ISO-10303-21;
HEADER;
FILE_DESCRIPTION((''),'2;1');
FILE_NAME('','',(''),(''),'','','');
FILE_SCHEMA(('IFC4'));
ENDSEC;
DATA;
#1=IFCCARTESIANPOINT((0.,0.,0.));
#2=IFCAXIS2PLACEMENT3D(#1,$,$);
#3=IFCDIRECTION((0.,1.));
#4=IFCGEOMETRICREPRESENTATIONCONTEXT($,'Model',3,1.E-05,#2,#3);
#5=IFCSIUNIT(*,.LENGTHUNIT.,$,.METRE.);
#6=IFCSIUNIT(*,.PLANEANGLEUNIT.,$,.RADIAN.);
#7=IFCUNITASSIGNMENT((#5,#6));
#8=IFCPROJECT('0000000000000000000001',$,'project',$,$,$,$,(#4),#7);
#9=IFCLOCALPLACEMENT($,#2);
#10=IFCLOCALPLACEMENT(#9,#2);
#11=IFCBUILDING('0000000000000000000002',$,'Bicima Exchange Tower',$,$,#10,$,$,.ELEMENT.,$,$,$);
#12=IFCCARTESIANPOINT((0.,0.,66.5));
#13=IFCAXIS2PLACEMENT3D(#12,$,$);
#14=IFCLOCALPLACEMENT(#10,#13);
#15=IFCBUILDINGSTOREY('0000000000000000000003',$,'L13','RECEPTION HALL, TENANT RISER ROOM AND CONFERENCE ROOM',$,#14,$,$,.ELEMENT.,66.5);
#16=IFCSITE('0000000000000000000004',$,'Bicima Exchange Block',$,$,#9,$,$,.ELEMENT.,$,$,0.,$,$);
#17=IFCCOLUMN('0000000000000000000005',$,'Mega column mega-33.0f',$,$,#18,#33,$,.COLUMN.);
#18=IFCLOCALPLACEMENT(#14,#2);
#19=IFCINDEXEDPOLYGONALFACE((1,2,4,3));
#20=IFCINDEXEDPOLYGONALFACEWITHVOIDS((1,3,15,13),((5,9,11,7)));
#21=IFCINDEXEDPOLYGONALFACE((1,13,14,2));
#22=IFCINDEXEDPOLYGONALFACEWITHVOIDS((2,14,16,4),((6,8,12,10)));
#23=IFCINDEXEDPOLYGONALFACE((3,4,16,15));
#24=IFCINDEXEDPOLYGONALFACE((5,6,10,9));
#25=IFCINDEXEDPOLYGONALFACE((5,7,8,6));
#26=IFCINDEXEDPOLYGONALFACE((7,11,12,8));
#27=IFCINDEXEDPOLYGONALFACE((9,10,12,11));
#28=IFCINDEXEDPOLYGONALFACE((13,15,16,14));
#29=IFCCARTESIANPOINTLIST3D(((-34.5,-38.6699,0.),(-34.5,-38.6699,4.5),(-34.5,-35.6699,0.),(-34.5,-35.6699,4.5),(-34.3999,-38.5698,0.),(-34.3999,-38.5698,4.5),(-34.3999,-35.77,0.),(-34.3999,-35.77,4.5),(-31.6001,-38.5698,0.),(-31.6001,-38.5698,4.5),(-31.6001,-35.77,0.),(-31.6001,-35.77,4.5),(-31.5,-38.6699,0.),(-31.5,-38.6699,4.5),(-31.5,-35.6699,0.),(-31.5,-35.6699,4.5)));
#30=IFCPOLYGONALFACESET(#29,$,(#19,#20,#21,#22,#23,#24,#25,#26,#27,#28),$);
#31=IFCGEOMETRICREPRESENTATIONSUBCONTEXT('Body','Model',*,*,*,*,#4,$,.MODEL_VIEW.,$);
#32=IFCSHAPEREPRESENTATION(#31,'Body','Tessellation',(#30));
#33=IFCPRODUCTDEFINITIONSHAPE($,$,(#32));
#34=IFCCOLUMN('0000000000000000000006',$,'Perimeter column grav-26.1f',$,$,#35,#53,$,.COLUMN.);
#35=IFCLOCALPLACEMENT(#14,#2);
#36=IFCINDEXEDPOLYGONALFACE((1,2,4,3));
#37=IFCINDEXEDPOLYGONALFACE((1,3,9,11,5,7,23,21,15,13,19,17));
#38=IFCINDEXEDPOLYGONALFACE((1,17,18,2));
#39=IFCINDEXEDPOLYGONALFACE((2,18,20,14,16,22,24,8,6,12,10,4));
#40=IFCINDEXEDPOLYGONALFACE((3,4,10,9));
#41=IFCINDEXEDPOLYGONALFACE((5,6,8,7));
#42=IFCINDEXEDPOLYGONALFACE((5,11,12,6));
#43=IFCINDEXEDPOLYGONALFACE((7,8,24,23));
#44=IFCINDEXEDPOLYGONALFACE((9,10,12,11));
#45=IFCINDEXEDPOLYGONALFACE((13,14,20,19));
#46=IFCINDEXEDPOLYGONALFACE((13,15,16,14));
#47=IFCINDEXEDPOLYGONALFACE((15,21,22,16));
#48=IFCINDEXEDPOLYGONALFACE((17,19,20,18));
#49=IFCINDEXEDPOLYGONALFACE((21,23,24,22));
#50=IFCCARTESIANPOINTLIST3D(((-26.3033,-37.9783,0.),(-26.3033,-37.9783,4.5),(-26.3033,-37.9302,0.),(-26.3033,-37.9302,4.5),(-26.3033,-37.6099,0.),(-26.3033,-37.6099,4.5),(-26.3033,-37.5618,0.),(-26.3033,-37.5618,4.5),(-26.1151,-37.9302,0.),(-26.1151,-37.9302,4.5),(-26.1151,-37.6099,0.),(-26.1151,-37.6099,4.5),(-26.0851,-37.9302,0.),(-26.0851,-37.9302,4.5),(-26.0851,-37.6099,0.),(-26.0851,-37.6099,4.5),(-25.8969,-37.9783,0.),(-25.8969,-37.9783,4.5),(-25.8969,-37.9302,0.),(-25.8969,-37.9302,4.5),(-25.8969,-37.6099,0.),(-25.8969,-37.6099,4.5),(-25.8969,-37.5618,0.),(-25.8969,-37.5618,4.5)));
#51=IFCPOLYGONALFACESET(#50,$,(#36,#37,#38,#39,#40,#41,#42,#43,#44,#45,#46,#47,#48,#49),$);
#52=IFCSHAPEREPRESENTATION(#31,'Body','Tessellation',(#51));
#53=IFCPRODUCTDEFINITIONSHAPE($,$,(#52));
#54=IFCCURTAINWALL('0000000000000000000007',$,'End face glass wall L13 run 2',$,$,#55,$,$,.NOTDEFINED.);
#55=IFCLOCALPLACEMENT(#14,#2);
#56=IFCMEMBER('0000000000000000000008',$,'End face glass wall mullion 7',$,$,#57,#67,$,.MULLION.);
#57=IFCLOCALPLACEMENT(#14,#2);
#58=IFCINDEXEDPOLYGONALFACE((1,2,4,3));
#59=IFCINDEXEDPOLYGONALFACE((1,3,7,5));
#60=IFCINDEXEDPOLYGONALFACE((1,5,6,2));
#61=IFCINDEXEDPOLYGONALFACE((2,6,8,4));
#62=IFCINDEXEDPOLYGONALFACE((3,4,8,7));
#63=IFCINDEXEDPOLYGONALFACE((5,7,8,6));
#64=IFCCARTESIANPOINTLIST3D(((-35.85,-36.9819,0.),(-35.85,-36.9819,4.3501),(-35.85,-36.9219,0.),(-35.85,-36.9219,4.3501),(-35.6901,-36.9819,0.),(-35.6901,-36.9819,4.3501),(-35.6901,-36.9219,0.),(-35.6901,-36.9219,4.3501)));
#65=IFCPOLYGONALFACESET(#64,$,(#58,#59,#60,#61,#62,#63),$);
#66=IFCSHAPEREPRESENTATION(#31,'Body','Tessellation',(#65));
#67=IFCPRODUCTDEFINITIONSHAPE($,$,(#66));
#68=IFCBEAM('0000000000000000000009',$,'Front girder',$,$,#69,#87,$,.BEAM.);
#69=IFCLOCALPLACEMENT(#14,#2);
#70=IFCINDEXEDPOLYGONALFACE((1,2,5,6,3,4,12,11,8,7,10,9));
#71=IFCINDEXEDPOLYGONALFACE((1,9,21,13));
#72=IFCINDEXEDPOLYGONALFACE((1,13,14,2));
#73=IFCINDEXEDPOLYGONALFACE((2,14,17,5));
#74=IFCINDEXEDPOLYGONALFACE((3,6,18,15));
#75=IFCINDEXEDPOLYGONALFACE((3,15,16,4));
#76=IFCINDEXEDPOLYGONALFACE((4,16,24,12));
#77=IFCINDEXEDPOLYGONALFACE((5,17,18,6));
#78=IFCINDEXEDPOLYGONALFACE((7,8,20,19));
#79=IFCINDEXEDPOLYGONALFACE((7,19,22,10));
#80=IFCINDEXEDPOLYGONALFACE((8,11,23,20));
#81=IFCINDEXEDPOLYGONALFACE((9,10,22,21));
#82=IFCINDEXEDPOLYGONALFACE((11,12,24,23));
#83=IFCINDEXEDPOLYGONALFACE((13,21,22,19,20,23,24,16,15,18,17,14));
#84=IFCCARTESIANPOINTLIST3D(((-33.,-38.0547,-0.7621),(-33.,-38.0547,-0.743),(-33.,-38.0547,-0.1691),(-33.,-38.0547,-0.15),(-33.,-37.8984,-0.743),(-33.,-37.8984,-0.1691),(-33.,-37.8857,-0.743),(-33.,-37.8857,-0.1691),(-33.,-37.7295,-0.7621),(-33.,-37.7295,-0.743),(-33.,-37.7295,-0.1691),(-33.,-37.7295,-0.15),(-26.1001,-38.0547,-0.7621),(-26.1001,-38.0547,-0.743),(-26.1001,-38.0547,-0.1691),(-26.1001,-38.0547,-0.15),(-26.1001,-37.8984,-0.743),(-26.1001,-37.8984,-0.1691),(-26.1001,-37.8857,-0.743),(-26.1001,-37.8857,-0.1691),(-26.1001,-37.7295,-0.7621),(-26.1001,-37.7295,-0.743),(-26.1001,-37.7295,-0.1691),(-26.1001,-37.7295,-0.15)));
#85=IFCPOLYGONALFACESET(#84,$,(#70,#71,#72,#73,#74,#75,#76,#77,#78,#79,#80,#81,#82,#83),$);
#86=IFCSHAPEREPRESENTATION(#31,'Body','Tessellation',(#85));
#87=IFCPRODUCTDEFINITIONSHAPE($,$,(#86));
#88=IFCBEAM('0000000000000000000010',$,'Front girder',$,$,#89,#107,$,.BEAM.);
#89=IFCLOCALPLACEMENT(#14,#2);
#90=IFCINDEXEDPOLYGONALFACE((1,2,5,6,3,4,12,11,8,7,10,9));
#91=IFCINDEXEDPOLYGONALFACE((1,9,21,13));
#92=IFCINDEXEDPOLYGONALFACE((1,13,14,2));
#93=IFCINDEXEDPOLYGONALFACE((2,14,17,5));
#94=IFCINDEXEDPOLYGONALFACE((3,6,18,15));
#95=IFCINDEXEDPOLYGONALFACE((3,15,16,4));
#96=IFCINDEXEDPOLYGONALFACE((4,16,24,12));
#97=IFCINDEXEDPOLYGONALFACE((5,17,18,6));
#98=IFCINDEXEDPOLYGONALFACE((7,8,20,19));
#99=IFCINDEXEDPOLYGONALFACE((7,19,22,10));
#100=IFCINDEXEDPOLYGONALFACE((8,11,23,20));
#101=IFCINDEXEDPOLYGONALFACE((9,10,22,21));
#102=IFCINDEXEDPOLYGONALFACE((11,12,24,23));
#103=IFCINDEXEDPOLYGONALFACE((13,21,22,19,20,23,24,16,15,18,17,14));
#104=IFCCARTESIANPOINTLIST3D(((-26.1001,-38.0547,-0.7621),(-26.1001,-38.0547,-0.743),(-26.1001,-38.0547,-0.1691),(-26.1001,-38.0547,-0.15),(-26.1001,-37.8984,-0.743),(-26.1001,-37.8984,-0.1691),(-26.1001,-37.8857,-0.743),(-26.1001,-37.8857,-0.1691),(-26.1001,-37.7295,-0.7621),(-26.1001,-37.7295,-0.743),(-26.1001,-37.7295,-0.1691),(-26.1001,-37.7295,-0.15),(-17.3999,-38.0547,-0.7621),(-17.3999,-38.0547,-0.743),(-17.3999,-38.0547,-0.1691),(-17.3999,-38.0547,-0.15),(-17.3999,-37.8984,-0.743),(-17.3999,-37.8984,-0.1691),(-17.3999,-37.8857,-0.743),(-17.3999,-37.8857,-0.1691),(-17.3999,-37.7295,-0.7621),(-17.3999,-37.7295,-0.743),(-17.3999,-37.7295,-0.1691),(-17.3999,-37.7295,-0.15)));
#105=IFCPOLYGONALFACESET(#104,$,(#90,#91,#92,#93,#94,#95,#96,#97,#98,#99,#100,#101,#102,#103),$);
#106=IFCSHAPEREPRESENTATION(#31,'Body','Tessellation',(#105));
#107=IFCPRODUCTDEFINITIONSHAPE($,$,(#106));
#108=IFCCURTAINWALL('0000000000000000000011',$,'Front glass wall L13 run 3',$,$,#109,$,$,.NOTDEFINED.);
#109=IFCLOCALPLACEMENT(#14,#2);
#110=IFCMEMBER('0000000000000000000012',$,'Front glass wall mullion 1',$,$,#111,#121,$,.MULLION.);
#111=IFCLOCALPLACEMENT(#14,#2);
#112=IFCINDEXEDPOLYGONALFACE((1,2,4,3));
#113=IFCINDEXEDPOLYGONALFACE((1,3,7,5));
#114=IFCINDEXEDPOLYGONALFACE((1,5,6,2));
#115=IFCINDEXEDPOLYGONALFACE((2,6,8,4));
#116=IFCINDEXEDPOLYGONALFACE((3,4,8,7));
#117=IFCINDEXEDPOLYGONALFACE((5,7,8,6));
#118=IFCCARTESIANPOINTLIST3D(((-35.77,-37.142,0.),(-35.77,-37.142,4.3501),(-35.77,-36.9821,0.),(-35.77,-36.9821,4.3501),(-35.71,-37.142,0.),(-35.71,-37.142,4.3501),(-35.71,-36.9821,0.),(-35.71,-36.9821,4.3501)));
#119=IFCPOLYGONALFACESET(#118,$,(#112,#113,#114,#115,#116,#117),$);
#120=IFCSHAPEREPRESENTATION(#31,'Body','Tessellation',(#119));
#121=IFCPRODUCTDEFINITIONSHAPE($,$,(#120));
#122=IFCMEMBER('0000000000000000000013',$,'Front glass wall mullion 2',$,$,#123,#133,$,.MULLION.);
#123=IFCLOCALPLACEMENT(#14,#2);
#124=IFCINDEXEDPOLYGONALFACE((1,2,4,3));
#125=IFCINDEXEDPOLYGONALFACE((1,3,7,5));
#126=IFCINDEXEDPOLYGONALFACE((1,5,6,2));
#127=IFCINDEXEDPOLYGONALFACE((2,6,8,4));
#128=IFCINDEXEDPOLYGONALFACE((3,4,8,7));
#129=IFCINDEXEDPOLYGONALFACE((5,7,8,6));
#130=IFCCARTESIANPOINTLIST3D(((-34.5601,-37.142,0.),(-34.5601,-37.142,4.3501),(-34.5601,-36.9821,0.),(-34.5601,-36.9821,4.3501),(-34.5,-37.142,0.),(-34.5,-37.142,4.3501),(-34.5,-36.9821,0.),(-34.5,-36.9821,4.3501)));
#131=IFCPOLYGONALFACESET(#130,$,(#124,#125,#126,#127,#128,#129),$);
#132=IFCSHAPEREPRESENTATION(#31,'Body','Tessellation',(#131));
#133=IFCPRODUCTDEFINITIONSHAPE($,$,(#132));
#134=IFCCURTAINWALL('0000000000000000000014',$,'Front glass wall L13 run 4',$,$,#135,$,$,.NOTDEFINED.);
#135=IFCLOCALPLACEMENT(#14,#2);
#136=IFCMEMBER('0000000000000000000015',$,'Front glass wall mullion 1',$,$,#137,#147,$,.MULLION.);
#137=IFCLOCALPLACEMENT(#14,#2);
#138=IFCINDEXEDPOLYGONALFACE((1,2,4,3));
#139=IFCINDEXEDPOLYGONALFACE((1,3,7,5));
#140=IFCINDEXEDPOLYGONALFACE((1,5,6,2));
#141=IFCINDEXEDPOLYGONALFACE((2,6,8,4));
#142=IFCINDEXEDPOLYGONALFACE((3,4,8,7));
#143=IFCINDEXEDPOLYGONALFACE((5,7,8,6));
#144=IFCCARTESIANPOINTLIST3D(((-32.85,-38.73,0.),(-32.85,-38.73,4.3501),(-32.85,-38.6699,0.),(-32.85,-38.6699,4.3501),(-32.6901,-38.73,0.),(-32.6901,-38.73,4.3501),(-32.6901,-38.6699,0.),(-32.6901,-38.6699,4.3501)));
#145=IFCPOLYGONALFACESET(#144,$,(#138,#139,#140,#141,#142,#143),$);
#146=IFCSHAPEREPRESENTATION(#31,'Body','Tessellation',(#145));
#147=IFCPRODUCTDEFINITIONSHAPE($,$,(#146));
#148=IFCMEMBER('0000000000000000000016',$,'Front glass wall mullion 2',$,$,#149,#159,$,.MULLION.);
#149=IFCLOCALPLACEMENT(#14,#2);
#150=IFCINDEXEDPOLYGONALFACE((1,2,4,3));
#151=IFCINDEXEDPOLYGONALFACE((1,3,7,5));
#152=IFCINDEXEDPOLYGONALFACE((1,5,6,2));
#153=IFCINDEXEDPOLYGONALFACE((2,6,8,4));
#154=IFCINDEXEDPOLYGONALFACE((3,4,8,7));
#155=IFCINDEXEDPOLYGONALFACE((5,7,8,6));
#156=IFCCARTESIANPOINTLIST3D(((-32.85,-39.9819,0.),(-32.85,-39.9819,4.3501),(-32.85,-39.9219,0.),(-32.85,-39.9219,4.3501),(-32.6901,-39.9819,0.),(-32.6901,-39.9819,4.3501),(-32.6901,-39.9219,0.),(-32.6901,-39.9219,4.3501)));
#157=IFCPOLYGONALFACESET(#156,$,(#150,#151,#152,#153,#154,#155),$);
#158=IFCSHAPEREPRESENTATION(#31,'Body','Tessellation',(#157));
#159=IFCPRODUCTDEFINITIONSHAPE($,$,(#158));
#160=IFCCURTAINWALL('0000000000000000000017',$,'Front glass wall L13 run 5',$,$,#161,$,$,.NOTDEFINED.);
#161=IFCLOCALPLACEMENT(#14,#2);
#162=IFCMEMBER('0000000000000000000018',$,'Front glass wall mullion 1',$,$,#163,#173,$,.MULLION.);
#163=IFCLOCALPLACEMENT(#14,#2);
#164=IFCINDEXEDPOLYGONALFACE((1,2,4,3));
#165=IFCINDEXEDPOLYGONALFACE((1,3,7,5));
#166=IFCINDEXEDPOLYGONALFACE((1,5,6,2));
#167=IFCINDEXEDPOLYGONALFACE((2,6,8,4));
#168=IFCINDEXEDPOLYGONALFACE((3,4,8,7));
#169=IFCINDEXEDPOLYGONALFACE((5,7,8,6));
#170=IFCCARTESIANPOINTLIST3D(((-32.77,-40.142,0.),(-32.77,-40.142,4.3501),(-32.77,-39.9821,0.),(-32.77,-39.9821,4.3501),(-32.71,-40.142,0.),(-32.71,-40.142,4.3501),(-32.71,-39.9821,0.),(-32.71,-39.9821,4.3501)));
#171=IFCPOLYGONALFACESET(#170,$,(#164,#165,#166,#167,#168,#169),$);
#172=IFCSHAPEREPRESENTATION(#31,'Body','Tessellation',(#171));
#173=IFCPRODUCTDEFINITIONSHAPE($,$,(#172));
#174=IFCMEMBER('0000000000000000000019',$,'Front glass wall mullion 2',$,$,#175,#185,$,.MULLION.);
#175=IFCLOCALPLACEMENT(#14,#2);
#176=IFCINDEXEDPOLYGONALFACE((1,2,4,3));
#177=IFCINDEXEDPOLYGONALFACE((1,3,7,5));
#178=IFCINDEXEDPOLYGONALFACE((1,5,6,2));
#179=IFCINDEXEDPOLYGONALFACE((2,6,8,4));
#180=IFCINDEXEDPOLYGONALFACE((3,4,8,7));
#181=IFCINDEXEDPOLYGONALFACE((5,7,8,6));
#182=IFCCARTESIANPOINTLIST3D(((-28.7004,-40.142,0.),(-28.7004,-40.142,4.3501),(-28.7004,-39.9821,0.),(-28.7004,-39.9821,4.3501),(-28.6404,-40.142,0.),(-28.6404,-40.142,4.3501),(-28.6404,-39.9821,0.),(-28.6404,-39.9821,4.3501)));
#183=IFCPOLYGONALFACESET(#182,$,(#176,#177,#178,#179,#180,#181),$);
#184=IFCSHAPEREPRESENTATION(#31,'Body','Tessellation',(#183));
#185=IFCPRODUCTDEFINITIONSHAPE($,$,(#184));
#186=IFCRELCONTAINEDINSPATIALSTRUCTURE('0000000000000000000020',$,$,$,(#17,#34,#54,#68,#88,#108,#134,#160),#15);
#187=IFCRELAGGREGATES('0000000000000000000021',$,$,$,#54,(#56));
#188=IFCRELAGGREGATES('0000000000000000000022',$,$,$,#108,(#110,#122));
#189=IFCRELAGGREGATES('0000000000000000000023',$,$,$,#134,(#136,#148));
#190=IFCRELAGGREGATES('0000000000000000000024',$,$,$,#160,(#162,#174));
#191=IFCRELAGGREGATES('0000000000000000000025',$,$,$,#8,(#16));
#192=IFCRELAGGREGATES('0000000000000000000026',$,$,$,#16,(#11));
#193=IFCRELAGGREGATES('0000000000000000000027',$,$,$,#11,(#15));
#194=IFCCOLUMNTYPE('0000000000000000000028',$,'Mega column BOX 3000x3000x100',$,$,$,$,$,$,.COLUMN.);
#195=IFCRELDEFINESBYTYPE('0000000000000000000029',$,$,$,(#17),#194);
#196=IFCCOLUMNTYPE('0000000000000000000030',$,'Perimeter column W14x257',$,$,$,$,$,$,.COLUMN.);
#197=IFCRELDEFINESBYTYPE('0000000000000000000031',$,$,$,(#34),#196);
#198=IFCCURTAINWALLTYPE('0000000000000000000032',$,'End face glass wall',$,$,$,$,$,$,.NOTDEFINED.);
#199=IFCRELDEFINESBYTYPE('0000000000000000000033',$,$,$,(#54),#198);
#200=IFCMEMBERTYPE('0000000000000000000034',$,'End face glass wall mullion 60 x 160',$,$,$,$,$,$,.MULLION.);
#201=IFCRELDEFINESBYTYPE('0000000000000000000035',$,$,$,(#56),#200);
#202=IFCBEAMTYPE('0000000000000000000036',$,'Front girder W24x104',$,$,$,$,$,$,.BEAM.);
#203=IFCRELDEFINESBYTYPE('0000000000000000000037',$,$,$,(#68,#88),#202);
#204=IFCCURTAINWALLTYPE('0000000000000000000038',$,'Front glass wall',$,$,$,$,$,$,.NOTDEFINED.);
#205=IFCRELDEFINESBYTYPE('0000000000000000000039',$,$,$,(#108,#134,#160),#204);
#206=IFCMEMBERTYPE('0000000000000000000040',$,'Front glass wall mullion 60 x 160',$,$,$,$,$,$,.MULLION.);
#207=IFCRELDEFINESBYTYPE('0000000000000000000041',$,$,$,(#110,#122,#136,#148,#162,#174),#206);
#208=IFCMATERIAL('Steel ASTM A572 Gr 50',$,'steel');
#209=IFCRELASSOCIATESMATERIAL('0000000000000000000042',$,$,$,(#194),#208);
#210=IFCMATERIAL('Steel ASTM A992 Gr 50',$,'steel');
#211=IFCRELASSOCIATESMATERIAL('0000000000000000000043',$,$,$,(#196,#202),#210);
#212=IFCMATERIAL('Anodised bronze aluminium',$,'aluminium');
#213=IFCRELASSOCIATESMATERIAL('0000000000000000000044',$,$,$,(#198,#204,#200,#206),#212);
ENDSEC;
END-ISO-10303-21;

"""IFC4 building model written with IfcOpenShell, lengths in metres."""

from ifc_helpers import new_model, si_unit, direction, frame, origin, origin_2d, place, context, subcontext, project, spatial, rectangle, hollow_rectangle, i_section, extrude, material, material_profile, profile_set, type_object, element, aggregate, save


model = new_model("IFC4")

# Units and contexts
model_context = context("Model", 3, precision=1e-05, world=origin(), true_north=direction((0.0, 1.0)))
body_context = subcontext(model_context, "Body", "Model", "MODEL_VIEW")
ifc_project = project(units=[si_unit("LENGTHUNIT", "METRE"), si_unit("PLANEANGLEUNIT", "RADIAN")], contexts=[model_context])

# Site, building, storey
site_placement = place(None, origin())
site = spatial("IfcSite", under=ifc_project, at=site_placement, Name="Bicima Exchange Block", CompositionType="ELEMENT", RefElevation=0.0)
building_placement = place(site_placement, origin())
building = spatial("IfcBuilding", under=site, at=building_placement, Name="Bicima Exchange Tower", CompositionType="ELEMENT")
storey_placement = place(building_placement, frame((0.0, 0.0, 66.5)))
storey = spatial("IfcBuildingStorey", under=building, at=storey_placement, Name="L13", Description="RECEPTION HALL, TENANT RISER ROOM AND CONFERENCE ROOM", CompositionType="ELEMENT", Elevation=66.5)

# Columns
ifc_material_1 = material(Name="Steel ASTM A572 Gr 50", Category="steel")
ifc_material_profile_1 = material_profile(ifc_material_1, hollow_rectangle(XDim=3.0, YDim=3.0, WallThickness=0.1001, at=origin_2d()))
ifc_profile_set_1 = profile_set([ifc_material_profile_1], Name="Steel ASTM A572 Gr 50")
column_type_1 = type_object("IfcColumnType", Name="Mega column BOX 3000x3000x100", PredefinedType="COLUMN", material=ifc_profile_set_1)
column_1_placement = place(storey_placement, frame((-33.0, -37.1699, 0.0), z_axis=(0.0, 0.0, 1.0), x_axis=(1.0, 0.0, 0.0)))
element("IfcColumn", 1, at=column_1_placement, inside=storey, type_object=column_type_1, Name="Mega column mega-33.0f", PredefinedType="COLUMN", context=body_context, shape_type="SweptSolid", body=[
    extrude(hollow_rectangle(XDim=3.0, YDim=3.0, WallThickness=0.1001, at=origin_2d()), origin(), (0.0, 0.0, 1.0), 4.5),
])
ifc_material_2 = material(Name="Steel ASTM A992 Gr 50", Category="steel")
ifc_material_profile_2 = material_profile(ifc_material_2, i_section(OverallWidth=0.4065, OverallDepth=0.4165, WebThickness=0.03, FlangeThickness=0.0481, at=origin_2d()))
ifc_profile_set_2 = profile_set([ifc_material_profile_2], Name="Steel ASTM A992 Gr 50")
column_type_2 = type_object("IfcColumnType", Name="Perimeter column W14x257", PredefinedType="COLUMN", material=ifc_profile_set_2)
column_2_placement = place(storey_placement, frame((-26.1001, -37.77, 0.0), z_axis=(0.0, 0.0, 1.0), x_axis=(1.0, 0.0, 0.0)))
element("IfcColumn", 2, at=column_2_placement, inside=storey, type_object=column_type_2, Name="Perimeter column grav-26.1f", PredefinedType="COLUMN", context=body_context, shape_type="SweptSolid", body=[
    extrude(i_section(OverallWidth=0.4065, OverallDepth=0.4165, WebThickness=0.03, FlangeThickness=0.0481, at=origin_2d()), origin(), (0.0, 0.0, 1.0), 4.5),
])

# Curtain wall, member
ifc_material_3 = material(Name="Anodised bronze aluminium", Category="aluminium")
curtain_wall_type_1 = type_object("IfcCurtainWallType", Name="End face glass wall", PredefinedType="NOTDEFINED", material=ifc_material_3)
curtain_wall_1_placement = place(storey_placement, origin())
curtain_wall_1 = element("IfcCurtainWall", 3, at=curtain_wall_1_placement, inside=storey, type_object=curtain_wall_type_1, Name="End face glass wall L13 run 2", PredefinedType="NOTDEFINED")
ifc_material_profile_3 = material_profile(ifc_material_3, rectangle(XDim=0.1599, YDim=0.0601, at=origin_2d()))
ifc_profile_set_3 = profile_set([ifc_material_profile_3], Name="Anodised bronze aluminium")
member_type_1 = type_object("IfcMemberType", Name="End face glass wall mullion 60 x 160", PredefinedType="MULLION", material=ifc_profile_set_3)
member_1_placement = place(storey_placement, frame((-35.77, -36.9519, 0.0), z_axis=(0.0, 0.0, 1.0), x_axis=(1.0, 0.0, 0.0)))
member_1 = element("IfcMember", 4, at=member_1_placement, type_object=member_type_1, Name="End face glass wall mullion 7", PredefinedType="MULLION", context=body_context, shape_type="SweptSolid", body=[
    extrude(rectangle(XDim=0.1599, YDim=0.0601, at=origin_2d()), origin(), (0.0, 0.0, 1.0), 4.3501),
])
aggregate(curtain_wall_1, [member_1])

# Beams
ifc_material_profile_4 = material_profile(ifc_material_2, i_section(OverallWidth=0.3252, OverallDepth=0.6121, WebThickness=0.0127, FlangeThickness=0.019, at=origin_2d()))
ifc_profile_set_4 = profile_set([ifc_material_profile_4], Name="Steel ASTM A992 Gr 50")
beam_type = type_object("IfcBeamType", Name="Front girder W24x104", PredefinedType="BEAM", material=ifc_profile_set_4)
beam_1_placement = place(storey_placement, frame((-33.0, -37.8921, -0.4561), z_axis=(1.0, 0.0, 0.0), x_axis=(0.0, 1.0, 0.0)))
element("IfcBeam", 5, at=beam_1_placement, inside=storey, type_object=beam_type, Name="Front girder", PredefinedType="BEAM", context=body_context, shape_type="SweptSolid", body=[
    extrude(i_section(OverallWidth=0.3252, OverallDepth=0.6121, WebThickness=0.0127, FlangeThickness=0.019, at=origin_2d()), origin(), (0.0, 0.0, 1.0), 6.8999),
])
beam_2_placement = place(storey_placement, frame((-26.1001, -37.8921, -0.4561), z_axis=(1.0, 0.0, 0.0), x_axis=(0.0, 1.0, 0.0)))
element("IfcBeam", 6, at=beam_2_placement, inside=storey, type_object=beam_type, Name="Front girder", PredefinedType="BEAM", context=body_context, shape_type="SweptSolid", body=[
    extrude(i_section(OverallWidth=0.3252, OverallDepth=0.6121, WebThickness=0.0127, FlangeThickness=0.019, at=origin_2d()), origin(), (0.0, 0.0, 1.0), 8.7002),
])

# Curtain walls, members
curtain_wall_type_2 = type_object("IfcCurtainWallType", Name="Front glass wall", PredefinedType="NOTDEFINED", material=ifc_material_3)
curtain_wall_2_placement = place(storey_placement, origin())
curtain_wall_2 = element("IfcCurtainWall", 7, at=curtain_wall_2_placement, inside=storey, type_object=curtain_wall_type_2, Name="Front glass wall L13 run 3", PredefinedType="NOTDEFINED")
member_type_2 = type_object("IfcMemberType", Name="Front glass wall mullion 60 x 160", PredefinedType="MULLION", material=ifc_profile_set_3)
member_2_placement = place(storey_placement, frame((-35.74, -37.062, 0.0), z_axis=(0.0, 0.0, 1.0), x_axis=(0.0, 1.0, 0.0)))
member_2 = element("IfcMember", 8, at=member_2_placement, type_object=member_type_2, Name="Front glass wall mullion 1", PredefinedType="MULLION", context=body_context, shape_type="SweptSolid", body=[
    extrude(rectangle(XDim=0.1599, YDim=0.0601, at=origin_2d()), origin(), (0.0, 0.0, 1.0), 4.3501),
])
member_3_placement = place(storey_placement, frame((-34.53, -37.062, 0.0), z_axis=(0.0, 0.0, 1.0), x_axis=(0.0, 1.0, 0.0)))
member_3 = element("IfcMember", 9, at=member_3_placement, type_object=member_type_2, Name="Front glass wall mullion 2", PredefinedType="MULLION", context=body_context, shape_type="SweptSolid", body=[
    extrude(rectangle(XDim=0.1599, YDim=0.0601, at=origin_2d()), origin(), (0.0, 0.0, 1.0), 4.3501),
])
curtain_wall_3_placement = place(storey_placement, origin())
curtain_wall_3 = element("IfcCurtainWall", 10, at=curtain_wall_3_placement, inside=storey, type_object=curtain_wall_type_2, Name="Front glass wall L13 run 4", PredefinedType="NOTDEFINED")
member_4_placement = place(storey_placement, frame((-32.77, -38.7, 0.0), z_axis=(0.0, 0.0, 1.0), x_axis=(1.0, 0.0, 0.0)))
member_4 = element("IfcMember", 11, at=member_4_placement, type_object=member_type_2, Name="Front glass wall mullion 1", PredefinedType="MULLION", context=body_context, shape_type="SweptSolid", body=[
    extrude(rectangle(XDim=0.1599, YDim=0.0601, at=origin_2d()), origin(), (0.0, 0.0, 1.0), 4.3501),
])
member_5_placement = place(storey_placement, frame((-32.77, -39.9519, 0.0), z_axis=(0.0, 0.0, 1.0), x_axis=(1.0, 0.0, 0.0)))
member_5 = element("IfcMember", 12, at=member_5_placement, type_object=member_type_2, Name="Front glass wall mullion 2", PredefinedType="MULLION", context=body_context, shape_type="SweptSolid", body=[
    extrude(rectangle(XDim=0.1599, YDim=0.0601, at=origin_2d()), origin(), (0.0, 0.0, 1.0), 4.3501),
])
curtain_wall_4_placement = place(storey_placement, origin())
curtain_wall_4 = element("IfcCurtainWall", 13, at=curtain_wall_4_placement, inside=storey, type_object=curtain_wall_type_2, Name="Front glass wall L13 run 5", PredefinedType="NOTDEFINED")
member_6_placement = place(storey_placement, frame((-32.74, -40.062, 0.0), z_axis=(0.0, 0.0, 1.0), x_axis=(0.0, 1.0, 0.0)))
member_6 = element("IfcMember", 14, at=member_6_placement, type_object=member_type_2, Name="Front glass wall mullion 1", PredefinedType="MULLION", context=body_context, shape_type="SweptSolid", body=[
    extrude(rectangle(XDim=0.1599, YDim=0.0601, at=origin_2d()), origin(), (0.0, 0.0, 1.0), 4.3501),
])
member_7_placement = place(storey_placement, frame((-28.6704, -40.062, 0.0), z_axis=(0.0, 0.0, 1.0), x_axis=(0.0, 1.0, 0.0)))
member_7 = element("IfcMember", 15, at=member_7_placement, type_object=member_type_2, Name="Front glass wall mullion 2", PredefinedType="MULLION", context=body_context, shape_type="SweptSolid", body=[
    extrude(rectangle(XDim=0.1599, YDim=0.0601, at=origin_2d()), origin(), (0.0, 0.0, 1.0), 4.3501),
])

aggregate(curtain_wall_2, [member_2, member_3])
aggregate(curtain_wall_3, [member_4, member_5])
aggregate(curtain_wall_4, [member_6, member_7])

save(model, "model.ifc")
